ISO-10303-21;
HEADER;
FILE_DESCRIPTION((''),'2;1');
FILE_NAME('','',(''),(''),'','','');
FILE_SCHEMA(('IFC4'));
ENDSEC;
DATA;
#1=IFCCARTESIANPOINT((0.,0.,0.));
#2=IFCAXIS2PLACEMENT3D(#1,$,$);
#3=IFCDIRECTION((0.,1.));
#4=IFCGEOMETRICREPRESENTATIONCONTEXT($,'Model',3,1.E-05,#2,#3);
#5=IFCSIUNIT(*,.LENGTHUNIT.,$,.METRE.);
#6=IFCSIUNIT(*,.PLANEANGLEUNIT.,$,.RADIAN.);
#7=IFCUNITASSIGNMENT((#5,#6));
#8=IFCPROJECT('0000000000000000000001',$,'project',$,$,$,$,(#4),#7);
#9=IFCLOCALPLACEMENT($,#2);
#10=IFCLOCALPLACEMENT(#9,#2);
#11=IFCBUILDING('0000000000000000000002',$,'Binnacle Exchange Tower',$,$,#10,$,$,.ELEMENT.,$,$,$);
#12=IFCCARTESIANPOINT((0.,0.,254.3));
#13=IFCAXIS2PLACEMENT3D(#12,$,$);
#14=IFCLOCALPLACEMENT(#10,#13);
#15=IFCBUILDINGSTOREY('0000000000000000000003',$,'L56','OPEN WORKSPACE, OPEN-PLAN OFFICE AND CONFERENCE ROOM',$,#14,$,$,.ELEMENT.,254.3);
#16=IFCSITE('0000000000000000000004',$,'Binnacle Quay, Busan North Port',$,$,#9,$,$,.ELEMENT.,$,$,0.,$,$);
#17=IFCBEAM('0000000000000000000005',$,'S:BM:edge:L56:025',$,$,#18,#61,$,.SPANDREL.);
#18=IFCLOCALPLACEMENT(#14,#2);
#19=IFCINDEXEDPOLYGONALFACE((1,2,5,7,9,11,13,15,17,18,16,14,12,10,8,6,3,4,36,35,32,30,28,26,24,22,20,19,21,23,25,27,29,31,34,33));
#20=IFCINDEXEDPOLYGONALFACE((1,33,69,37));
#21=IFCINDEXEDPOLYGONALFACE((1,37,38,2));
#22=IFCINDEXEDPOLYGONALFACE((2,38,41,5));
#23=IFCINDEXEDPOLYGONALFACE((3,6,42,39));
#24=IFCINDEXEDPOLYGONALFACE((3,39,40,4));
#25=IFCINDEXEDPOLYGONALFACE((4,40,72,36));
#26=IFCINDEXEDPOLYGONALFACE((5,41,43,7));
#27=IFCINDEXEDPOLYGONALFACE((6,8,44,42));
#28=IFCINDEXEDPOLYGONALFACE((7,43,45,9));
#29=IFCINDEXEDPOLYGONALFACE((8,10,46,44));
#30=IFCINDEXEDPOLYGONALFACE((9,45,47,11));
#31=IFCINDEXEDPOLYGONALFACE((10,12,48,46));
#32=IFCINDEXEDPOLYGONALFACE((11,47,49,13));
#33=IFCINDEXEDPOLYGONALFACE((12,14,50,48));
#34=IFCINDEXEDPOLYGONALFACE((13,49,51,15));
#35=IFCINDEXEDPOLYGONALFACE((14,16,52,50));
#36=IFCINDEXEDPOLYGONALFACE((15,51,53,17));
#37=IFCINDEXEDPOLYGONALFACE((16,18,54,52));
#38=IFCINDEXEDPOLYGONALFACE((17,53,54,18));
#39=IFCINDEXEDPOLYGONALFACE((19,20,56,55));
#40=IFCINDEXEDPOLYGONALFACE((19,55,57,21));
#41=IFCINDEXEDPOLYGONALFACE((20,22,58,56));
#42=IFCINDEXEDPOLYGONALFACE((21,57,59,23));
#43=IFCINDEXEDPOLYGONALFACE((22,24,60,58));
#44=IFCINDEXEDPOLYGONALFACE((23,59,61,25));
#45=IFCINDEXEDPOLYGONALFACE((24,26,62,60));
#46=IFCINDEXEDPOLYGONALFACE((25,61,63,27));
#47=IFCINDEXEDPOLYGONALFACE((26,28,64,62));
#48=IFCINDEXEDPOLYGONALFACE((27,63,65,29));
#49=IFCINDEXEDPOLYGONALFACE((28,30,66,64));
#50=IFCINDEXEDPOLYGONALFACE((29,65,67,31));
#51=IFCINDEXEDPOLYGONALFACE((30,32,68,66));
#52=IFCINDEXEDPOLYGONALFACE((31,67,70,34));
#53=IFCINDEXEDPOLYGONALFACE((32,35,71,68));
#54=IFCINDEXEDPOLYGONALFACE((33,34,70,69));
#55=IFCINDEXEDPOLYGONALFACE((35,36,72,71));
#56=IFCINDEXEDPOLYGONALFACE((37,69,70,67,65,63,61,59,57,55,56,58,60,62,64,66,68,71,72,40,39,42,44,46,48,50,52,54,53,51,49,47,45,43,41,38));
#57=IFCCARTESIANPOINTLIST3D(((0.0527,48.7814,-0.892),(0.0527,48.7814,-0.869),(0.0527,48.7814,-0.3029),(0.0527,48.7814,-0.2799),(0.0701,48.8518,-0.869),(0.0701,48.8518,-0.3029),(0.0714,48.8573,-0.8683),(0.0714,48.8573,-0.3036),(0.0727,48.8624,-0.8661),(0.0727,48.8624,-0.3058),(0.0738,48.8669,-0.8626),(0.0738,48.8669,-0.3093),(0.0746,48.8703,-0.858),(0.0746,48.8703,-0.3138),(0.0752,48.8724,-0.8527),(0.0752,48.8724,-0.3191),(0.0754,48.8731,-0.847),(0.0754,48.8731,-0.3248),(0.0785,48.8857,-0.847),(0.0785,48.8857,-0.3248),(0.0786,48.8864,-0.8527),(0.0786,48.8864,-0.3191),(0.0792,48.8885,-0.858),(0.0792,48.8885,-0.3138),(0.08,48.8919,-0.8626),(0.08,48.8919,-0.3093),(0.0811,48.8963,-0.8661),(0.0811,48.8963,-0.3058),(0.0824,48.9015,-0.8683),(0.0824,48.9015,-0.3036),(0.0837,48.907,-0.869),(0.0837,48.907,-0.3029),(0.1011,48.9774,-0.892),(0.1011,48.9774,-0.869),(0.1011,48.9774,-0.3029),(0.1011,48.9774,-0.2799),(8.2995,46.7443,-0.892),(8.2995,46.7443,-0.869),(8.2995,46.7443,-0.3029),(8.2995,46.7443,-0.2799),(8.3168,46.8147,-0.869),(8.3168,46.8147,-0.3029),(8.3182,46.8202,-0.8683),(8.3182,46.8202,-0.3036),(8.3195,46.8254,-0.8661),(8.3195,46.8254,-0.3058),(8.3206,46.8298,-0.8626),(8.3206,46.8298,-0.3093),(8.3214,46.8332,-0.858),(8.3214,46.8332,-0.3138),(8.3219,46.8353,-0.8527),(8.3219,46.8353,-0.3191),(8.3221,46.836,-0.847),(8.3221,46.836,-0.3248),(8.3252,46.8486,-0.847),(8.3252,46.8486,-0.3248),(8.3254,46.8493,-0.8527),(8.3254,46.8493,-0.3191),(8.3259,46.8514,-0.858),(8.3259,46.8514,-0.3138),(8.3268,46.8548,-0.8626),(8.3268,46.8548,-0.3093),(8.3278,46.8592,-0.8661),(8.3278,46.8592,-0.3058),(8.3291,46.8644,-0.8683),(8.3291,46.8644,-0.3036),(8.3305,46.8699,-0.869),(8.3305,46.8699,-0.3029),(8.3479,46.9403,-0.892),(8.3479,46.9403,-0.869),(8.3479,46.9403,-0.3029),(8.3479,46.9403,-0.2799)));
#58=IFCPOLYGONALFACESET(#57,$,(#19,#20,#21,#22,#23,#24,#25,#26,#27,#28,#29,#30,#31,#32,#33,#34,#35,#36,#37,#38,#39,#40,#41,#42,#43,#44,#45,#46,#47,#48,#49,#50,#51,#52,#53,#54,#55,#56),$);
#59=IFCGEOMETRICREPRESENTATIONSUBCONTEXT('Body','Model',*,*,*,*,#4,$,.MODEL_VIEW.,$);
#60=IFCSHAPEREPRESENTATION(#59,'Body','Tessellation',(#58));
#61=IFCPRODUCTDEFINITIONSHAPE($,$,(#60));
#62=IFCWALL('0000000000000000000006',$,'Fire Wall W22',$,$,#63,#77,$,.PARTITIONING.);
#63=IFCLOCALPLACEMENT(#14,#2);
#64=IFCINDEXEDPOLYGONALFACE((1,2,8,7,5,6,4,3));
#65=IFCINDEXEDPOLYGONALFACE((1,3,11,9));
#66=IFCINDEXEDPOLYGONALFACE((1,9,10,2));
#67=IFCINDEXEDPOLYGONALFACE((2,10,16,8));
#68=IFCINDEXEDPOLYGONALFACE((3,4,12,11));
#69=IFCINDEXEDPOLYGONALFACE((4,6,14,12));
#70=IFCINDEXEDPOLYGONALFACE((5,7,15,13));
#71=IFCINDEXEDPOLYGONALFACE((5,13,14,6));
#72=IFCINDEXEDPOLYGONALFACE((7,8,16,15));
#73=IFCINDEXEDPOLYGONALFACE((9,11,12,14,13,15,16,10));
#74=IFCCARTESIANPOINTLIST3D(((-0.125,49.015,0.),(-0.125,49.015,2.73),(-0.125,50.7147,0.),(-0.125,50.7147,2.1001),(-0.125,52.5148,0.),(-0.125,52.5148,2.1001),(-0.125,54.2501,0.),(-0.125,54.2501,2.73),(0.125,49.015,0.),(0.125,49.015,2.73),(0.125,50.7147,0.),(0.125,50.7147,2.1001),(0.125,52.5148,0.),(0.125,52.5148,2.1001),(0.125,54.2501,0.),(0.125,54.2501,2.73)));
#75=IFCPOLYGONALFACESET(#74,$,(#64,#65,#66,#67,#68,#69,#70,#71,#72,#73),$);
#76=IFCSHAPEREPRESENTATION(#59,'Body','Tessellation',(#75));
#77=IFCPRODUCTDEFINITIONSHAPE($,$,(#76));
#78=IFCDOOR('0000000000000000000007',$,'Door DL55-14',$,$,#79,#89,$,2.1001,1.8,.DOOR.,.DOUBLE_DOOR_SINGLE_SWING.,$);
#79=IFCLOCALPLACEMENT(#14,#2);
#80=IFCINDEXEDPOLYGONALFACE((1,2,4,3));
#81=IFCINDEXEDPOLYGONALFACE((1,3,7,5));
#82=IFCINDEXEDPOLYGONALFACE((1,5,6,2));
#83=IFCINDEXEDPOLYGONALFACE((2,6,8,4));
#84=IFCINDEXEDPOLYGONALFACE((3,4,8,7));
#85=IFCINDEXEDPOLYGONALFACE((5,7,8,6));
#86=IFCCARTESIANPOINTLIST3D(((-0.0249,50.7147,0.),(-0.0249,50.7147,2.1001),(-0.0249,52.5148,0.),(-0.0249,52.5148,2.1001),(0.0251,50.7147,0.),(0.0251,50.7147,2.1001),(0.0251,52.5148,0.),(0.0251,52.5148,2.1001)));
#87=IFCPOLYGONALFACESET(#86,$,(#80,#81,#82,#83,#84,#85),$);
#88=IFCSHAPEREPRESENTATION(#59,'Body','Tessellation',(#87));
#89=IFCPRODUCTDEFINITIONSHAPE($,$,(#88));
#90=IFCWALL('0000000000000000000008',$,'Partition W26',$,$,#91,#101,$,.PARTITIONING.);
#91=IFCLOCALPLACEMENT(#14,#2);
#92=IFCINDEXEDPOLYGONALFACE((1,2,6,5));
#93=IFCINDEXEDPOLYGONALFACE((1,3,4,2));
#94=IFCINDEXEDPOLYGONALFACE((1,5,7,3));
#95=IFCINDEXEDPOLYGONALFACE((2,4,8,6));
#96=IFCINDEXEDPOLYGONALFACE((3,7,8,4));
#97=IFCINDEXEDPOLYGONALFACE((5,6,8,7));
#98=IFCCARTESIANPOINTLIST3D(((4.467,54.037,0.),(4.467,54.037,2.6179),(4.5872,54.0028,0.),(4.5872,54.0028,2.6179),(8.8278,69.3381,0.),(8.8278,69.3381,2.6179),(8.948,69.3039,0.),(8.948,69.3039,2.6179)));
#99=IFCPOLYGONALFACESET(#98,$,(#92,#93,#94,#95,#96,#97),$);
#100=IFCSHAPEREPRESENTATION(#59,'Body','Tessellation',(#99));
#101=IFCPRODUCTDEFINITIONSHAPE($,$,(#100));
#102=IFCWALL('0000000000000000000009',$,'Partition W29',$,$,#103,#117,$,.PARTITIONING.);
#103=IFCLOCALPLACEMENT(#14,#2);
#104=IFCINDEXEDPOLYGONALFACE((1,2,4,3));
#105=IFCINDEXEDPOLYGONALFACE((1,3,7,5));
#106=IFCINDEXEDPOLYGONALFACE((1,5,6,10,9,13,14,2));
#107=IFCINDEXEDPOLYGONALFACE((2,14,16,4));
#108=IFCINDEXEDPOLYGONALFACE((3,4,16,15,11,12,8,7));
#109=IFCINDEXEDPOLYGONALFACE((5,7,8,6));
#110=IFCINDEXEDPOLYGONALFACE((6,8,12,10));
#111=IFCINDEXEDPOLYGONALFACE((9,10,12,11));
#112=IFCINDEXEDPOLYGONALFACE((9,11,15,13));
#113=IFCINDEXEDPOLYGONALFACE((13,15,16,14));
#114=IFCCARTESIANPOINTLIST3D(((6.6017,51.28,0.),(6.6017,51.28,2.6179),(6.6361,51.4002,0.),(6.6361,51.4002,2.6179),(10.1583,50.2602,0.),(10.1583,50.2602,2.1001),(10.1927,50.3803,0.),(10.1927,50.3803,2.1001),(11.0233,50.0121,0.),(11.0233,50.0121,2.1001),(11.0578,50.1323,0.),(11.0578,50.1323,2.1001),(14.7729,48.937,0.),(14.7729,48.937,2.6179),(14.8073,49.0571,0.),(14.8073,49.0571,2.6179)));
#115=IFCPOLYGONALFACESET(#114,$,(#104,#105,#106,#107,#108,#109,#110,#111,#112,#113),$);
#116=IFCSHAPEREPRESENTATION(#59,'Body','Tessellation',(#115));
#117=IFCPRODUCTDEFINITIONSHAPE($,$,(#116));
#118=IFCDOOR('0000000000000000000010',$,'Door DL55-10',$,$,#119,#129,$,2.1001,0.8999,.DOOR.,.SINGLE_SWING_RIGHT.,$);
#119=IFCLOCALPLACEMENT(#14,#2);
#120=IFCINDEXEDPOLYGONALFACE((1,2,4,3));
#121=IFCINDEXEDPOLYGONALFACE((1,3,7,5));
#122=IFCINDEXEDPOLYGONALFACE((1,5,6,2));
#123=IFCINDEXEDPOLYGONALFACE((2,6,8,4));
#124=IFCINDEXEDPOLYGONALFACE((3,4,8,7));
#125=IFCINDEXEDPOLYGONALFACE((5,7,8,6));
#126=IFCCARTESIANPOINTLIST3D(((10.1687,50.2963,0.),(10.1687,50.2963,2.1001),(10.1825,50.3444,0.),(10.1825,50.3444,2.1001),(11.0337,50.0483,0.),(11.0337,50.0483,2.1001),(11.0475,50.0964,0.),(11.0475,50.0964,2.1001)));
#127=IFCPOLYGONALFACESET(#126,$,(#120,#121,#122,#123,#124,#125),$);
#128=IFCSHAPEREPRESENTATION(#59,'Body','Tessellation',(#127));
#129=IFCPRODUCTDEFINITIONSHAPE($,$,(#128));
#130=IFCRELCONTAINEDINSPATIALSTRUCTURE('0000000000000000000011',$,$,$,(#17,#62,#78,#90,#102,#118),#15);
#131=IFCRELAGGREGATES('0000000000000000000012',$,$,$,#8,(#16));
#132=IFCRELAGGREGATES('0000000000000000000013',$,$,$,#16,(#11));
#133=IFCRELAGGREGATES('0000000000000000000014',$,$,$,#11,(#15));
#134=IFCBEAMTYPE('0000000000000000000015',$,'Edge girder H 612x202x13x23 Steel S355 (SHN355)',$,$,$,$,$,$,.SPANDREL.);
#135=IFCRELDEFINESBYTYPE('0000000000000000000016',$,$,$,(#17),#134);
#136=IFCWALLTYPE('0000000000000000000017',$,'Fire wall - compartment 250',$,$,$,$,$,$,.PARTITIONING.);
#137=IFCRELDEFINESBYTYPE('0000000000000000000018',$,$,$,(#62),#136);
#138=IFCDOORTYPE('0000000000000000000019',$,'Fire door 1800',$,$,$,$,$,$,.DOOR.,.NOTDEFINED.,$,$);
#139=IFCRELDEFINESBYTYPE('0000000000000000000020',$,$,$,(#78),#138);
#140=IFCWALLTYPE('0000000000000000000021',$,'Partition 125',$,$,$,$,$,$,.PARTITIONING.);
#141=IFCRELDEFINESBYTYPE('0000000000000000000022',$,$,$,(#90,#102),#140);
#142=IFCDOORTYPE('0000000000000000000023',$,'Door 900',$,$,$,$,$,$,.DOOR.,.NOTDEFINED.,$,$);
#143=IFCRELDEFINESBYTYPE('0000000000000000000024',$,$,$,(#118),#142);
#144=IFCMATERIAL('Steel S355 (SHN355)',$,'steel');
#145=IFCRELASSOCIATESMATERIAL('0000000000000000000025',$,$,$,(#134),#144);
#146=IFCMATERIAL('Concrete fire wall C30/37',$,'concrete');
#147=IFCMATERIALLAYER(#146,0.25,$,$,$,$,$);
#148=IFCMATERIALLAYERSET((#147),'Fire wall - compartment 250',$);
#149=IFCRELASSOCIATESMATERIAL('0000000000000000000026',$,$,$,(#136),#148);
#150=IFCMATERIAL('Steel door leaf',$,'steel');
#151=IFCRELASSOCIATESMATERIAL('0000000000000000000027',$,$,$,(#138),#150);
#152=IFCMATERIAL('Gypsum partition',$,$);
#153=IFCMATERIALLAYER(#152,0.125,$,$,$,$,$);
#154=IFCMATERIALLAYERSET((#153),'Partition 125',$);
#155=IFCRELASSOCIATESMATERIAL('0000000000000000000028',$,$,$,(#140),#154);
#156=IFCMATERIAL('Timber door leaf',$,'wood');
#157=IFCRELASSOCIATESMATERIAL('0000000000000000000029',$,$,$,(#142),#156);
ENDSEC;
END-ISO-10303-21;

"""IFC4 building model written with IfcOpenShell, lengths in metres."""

from ifc_helpers import new_model, si_unit, direction, frame, frame_2d, origin, origin_2d, place, context, subcontext, project, spatial, rectangle, i_section, extrude, material, layer, layer_set, material_profile, profile_set, type_object, element, fill, save


model = new_model("IFC4")

# Units and contexts
model_context = context("Model", 3, precision=1e-05, world=origin(), true_north=direction((0.0, 1.0)))
body_context = subcontext(model_context, "Body", "Model", "MODEL_VIEW")
ifc_project = project(units=[si_unit("LENGTHUNIT", "METRE"), si_unit("PLANEANGLEUNIT", "RADIAN")], contexts=[model_context])

# Site, building, storey
site_placement = place(None, origin())
site = spatial("IfcSite", under=ifc_project, at=site_placement, Name="Binnacle Quay, Busan North Port", CompositionType="ELEMENT", RefElevation=0.0)
building_placement = place(site_placement, origin())
building = spatial("IfcBuilding", under=site, at=building_placement, Name="Binnacle Exchange Tower", CompositionType="ELEMENT")
storey_placement = place(building_placement, frame((0.0, 0.0, 254.3)))
storey = spatial("IfcBuildingStorey", under=building, at=storey_placement, Name="L56", Description="OPEN WORKSPACE, OPEN-PLAN OFFICE AND CONFERENCE ROOM", CompositionType="ELEMENT", Elevation=254.3)

# Beam
ifc_material_1 = material(Name="Steel S355 (SHN355)", Category="steel")
ifc_material_profile = material_profile(ifc_material_1, i_section(OverallWidth=0.2019, OverallDepth=0.6121, WebThickness=0.0129, FlangeThickness=0.0229, FilletRadius=0.022, at=origin_2d()), Name="H 612x202x13x23")
ifc_profile_set = profile_set([ifc_material_profile], Name="Steel S355 (SHN355)")
beam_type = type_object("IfcBeamType", Name="Edge girder H 612x202x13x23 Steel S355 (SHN355)", PredefinedType="SPANDREL", material=ifc_profile_set)
beam_placement = place(storey_placement, frame((0.0769, 48.8794, -0.5859), z_axis=(0.97082, -0.239809, 0.0), x_axis=(0.239809, 0.97082, 0.0)))
element("IfcBeam", 1, at=beam_placement, inside=storey, type_object=beam_type, Name="S:BM:edge:L56:025", PredefinedType="SPANDREL", context=body_context, shape_type="SweptSolid", body=[
    extrude(i_section(OverallWidth=0.2019, OverallDepth=0.6121, WebThickness=0.0129, FlangeThickness=0.0229, FilletRadius=0.022, at=origin_2d()), origin(), (0.0, 0.0, 1.0), 8.4946),
])

# Wall, opening, door
ifc_material_2 = material(Name="Concrete fire wall C30/37", Category="concrete")
ifc_layer_1 = layer(ifc_material_2, 0.25)
ifc_layer_set_1 = layer_set([ifc_layer_1], Name="Fire wall - compartment 250")
wall_type_1 = type_object("IfcWallType", Name="Fire wall - compartment 250", PredefinedType="PARTITIONING", material=ifc_layer_set_1)
wall_1_placement = place(storey_placement, frame((0.0, 49.0149, 0.0), z_axis=(0.0, 0.0, 1.0), x_axis=(0.0, 1.0, 0.0)))
wall_1 = element("IfcWall", 2, at=wall_1_placement, inside=storey, type_object=wall_type_1, Name="Fire Wall W22", PredefinedType="PARTITIONING", context=body_context, shape_type="SweptSolid", body=[
    extrude(rectangle(XDim=5.2351, YDim=0.25, at=frame_2d((2.6177, 0.0))), origin(), (0.0, 0.0, 1.0), 2.73),
])
opening_1_placement = place(wall_1_placement, frame((1.7, 0.0, 0.0)))
opening_1 = element("IfcOpeningElement", 3, at=opening_1_placement, cuts=wall_1, PredefinedType="OPENING", context=body_context, shape_type="SweptSolid", body=[
    extrude(rectangle(XDim=1.8, YDim=2.1001, at=frame_2d((0.8999, 1.05))), frame((0.0, 0.135, 0.0), z_axis=(0.0, -1.0, 0.0), x_axis=(1.0, 0.0, 0.0)), (0.0, 0.0, 1.0), 0.27),
])
ifc_material_3 = material(Name="Steel door leaf", Category="steel")
door_type_1 = type_object("IfcDoorType", Name="Fire door 1800", OperationType="NOTDEFINED", PredefinedType="DOOR", material=ifc_material_3)
door_1_placement = place(opening_1_placement, origin())
door_1 = element("IfcDoor", 4, at=door_1_placement, inside=storey, type_object=door_type_1, Name="Door DL55-14", OperationType="DOUBLE_DOOR_SINGLE_SWING", OverallHeight=2.1001, OverallWidth=1.8, PredefinedType="DOOR", context=body_context, shape_type="SweptSolid", body=[
    extrude(rectangle(XDim=1.8, YDim=2.1001, at=frame_2d((0.8999, 1.05))), frame((0.0, 0.0249, 0.0), z_axis=(0.0, -1.0, 0.0), x_axis=(1.0, 0.0, 0.0)), (0.0, 0.0, 1.0), 0.05),
])
fill(opening_1, door_1)

# Wall
ifc_material_4 = material(Name="Gypsum partition")
ifc_layer_2 = layer(ifc_material_4, 0.125)
ifc_layer_set_2 = layer_set([ifc_layer_2], Name="Partition 125")
wall_type_2 = type_object("IfcWallType", Name="Partition 125", PredefinedType="PARTITIONING", material=ifc_layer_set_2)
wall_2_placement = place(storey_placement, frame((4.5271, 54.02, 0.0), z_axis=(0.0, 0.0, 1.0), x_axis=(0.274089, 0.961704, 0.0)))
element("IfcWall", 5, at=wall_2_placement, inside=storey, type_object=wall_type_2, Name="Partition W26", PredefinedType="PARTITIONING", context=body_context, shape_type="SweptSolid", body=[
    extrude(rectangle(XDim=15.9104, YDim=0.125, at=frame_2d((7.9551, 0.0))), origin(), (0.0, 0.0, 1.0), 2.6179),
])

# Wall, opening, door
wall_3_placement = place(storey_placement, frame((6.6189, 51.3401, 0.0), z_axis=(0.0, 0.0, 1.0), x_axis=(0.961262, -0.275635, 0.0)))
wall_3 = element("IfcWall", 6, at=wall_3_placement, inside=storey, type_object=wall_type_2, Name="Partition W29", PredefinedType="PARTITIONING", context=body_context, shape_type="SweptSolid", body=[
    extrude(rectangle(XDim=8.5005, YDim=0.125, at=frame_2d((4.2502, 0.0))), origin(), (0.0, 0.0, 1.0), 2.6179),
])
opening_2_placement = place(wall_3_placement, frame((3.7, 0.0, 0.0)))
opening_2 = element("IfcOpeningElement", 7, at=opening_2_placement, cuts=wall_3, PredefinedType="OPENING", context=body_context, shape_type="SweptSolid", body=[
    extrude(rectangle(XDim=0.8999, YDim=2.1001, at=frame_2d((0.45, 1.05))), frame((0.0, 0.0725, 0.0), z_axis=(0.0, -1.0, 0.0), x_axis=(1.0, 0.0, 0.0)), (0.0, 0.0, 1.0), 0.145),
])
ifc_material_5 = material(Name="Timber door leaf", Category="wood")
door_type_2 = type_object("IfcDoorType", Name="Door 900", OperationType="NOTDEFINED", PredefinedType="DOOR", material=ifc_material_5)
door_2_placement = place(opening_2_placement, frame((0.8999, 0.0, 0.0), z_axis=(0.0, 0.0, 1.0), x_axis=(-1.0, 0.0, 0.0)))
door_2 = element("IfcDoor", 8, at=door_2_placement, inside=storey, type_object=door_type_2, Name="Door DL55-10", OperationType="SINGLE_SWING_RIGHT", OverallHeight=2.1001, OverallWidth=0.8999, PredefinedType="DOOR", context=body_context, shape_type="SweptSolid", body=[
    extrude(rectangle(XDim=0.8999, YDim=2.1001, at=frame_2d((0.45, 1.05))), frame((0.0, 0.0249, 0.0), z_axis=(0.0, -1.0, 0.0), x_axis=(1.0, 0.0, 0.0)), (0.0, 0.0, 1.0), 0.05),
])
fill(opening_2, door_2)

save(model, "model.ifc")
